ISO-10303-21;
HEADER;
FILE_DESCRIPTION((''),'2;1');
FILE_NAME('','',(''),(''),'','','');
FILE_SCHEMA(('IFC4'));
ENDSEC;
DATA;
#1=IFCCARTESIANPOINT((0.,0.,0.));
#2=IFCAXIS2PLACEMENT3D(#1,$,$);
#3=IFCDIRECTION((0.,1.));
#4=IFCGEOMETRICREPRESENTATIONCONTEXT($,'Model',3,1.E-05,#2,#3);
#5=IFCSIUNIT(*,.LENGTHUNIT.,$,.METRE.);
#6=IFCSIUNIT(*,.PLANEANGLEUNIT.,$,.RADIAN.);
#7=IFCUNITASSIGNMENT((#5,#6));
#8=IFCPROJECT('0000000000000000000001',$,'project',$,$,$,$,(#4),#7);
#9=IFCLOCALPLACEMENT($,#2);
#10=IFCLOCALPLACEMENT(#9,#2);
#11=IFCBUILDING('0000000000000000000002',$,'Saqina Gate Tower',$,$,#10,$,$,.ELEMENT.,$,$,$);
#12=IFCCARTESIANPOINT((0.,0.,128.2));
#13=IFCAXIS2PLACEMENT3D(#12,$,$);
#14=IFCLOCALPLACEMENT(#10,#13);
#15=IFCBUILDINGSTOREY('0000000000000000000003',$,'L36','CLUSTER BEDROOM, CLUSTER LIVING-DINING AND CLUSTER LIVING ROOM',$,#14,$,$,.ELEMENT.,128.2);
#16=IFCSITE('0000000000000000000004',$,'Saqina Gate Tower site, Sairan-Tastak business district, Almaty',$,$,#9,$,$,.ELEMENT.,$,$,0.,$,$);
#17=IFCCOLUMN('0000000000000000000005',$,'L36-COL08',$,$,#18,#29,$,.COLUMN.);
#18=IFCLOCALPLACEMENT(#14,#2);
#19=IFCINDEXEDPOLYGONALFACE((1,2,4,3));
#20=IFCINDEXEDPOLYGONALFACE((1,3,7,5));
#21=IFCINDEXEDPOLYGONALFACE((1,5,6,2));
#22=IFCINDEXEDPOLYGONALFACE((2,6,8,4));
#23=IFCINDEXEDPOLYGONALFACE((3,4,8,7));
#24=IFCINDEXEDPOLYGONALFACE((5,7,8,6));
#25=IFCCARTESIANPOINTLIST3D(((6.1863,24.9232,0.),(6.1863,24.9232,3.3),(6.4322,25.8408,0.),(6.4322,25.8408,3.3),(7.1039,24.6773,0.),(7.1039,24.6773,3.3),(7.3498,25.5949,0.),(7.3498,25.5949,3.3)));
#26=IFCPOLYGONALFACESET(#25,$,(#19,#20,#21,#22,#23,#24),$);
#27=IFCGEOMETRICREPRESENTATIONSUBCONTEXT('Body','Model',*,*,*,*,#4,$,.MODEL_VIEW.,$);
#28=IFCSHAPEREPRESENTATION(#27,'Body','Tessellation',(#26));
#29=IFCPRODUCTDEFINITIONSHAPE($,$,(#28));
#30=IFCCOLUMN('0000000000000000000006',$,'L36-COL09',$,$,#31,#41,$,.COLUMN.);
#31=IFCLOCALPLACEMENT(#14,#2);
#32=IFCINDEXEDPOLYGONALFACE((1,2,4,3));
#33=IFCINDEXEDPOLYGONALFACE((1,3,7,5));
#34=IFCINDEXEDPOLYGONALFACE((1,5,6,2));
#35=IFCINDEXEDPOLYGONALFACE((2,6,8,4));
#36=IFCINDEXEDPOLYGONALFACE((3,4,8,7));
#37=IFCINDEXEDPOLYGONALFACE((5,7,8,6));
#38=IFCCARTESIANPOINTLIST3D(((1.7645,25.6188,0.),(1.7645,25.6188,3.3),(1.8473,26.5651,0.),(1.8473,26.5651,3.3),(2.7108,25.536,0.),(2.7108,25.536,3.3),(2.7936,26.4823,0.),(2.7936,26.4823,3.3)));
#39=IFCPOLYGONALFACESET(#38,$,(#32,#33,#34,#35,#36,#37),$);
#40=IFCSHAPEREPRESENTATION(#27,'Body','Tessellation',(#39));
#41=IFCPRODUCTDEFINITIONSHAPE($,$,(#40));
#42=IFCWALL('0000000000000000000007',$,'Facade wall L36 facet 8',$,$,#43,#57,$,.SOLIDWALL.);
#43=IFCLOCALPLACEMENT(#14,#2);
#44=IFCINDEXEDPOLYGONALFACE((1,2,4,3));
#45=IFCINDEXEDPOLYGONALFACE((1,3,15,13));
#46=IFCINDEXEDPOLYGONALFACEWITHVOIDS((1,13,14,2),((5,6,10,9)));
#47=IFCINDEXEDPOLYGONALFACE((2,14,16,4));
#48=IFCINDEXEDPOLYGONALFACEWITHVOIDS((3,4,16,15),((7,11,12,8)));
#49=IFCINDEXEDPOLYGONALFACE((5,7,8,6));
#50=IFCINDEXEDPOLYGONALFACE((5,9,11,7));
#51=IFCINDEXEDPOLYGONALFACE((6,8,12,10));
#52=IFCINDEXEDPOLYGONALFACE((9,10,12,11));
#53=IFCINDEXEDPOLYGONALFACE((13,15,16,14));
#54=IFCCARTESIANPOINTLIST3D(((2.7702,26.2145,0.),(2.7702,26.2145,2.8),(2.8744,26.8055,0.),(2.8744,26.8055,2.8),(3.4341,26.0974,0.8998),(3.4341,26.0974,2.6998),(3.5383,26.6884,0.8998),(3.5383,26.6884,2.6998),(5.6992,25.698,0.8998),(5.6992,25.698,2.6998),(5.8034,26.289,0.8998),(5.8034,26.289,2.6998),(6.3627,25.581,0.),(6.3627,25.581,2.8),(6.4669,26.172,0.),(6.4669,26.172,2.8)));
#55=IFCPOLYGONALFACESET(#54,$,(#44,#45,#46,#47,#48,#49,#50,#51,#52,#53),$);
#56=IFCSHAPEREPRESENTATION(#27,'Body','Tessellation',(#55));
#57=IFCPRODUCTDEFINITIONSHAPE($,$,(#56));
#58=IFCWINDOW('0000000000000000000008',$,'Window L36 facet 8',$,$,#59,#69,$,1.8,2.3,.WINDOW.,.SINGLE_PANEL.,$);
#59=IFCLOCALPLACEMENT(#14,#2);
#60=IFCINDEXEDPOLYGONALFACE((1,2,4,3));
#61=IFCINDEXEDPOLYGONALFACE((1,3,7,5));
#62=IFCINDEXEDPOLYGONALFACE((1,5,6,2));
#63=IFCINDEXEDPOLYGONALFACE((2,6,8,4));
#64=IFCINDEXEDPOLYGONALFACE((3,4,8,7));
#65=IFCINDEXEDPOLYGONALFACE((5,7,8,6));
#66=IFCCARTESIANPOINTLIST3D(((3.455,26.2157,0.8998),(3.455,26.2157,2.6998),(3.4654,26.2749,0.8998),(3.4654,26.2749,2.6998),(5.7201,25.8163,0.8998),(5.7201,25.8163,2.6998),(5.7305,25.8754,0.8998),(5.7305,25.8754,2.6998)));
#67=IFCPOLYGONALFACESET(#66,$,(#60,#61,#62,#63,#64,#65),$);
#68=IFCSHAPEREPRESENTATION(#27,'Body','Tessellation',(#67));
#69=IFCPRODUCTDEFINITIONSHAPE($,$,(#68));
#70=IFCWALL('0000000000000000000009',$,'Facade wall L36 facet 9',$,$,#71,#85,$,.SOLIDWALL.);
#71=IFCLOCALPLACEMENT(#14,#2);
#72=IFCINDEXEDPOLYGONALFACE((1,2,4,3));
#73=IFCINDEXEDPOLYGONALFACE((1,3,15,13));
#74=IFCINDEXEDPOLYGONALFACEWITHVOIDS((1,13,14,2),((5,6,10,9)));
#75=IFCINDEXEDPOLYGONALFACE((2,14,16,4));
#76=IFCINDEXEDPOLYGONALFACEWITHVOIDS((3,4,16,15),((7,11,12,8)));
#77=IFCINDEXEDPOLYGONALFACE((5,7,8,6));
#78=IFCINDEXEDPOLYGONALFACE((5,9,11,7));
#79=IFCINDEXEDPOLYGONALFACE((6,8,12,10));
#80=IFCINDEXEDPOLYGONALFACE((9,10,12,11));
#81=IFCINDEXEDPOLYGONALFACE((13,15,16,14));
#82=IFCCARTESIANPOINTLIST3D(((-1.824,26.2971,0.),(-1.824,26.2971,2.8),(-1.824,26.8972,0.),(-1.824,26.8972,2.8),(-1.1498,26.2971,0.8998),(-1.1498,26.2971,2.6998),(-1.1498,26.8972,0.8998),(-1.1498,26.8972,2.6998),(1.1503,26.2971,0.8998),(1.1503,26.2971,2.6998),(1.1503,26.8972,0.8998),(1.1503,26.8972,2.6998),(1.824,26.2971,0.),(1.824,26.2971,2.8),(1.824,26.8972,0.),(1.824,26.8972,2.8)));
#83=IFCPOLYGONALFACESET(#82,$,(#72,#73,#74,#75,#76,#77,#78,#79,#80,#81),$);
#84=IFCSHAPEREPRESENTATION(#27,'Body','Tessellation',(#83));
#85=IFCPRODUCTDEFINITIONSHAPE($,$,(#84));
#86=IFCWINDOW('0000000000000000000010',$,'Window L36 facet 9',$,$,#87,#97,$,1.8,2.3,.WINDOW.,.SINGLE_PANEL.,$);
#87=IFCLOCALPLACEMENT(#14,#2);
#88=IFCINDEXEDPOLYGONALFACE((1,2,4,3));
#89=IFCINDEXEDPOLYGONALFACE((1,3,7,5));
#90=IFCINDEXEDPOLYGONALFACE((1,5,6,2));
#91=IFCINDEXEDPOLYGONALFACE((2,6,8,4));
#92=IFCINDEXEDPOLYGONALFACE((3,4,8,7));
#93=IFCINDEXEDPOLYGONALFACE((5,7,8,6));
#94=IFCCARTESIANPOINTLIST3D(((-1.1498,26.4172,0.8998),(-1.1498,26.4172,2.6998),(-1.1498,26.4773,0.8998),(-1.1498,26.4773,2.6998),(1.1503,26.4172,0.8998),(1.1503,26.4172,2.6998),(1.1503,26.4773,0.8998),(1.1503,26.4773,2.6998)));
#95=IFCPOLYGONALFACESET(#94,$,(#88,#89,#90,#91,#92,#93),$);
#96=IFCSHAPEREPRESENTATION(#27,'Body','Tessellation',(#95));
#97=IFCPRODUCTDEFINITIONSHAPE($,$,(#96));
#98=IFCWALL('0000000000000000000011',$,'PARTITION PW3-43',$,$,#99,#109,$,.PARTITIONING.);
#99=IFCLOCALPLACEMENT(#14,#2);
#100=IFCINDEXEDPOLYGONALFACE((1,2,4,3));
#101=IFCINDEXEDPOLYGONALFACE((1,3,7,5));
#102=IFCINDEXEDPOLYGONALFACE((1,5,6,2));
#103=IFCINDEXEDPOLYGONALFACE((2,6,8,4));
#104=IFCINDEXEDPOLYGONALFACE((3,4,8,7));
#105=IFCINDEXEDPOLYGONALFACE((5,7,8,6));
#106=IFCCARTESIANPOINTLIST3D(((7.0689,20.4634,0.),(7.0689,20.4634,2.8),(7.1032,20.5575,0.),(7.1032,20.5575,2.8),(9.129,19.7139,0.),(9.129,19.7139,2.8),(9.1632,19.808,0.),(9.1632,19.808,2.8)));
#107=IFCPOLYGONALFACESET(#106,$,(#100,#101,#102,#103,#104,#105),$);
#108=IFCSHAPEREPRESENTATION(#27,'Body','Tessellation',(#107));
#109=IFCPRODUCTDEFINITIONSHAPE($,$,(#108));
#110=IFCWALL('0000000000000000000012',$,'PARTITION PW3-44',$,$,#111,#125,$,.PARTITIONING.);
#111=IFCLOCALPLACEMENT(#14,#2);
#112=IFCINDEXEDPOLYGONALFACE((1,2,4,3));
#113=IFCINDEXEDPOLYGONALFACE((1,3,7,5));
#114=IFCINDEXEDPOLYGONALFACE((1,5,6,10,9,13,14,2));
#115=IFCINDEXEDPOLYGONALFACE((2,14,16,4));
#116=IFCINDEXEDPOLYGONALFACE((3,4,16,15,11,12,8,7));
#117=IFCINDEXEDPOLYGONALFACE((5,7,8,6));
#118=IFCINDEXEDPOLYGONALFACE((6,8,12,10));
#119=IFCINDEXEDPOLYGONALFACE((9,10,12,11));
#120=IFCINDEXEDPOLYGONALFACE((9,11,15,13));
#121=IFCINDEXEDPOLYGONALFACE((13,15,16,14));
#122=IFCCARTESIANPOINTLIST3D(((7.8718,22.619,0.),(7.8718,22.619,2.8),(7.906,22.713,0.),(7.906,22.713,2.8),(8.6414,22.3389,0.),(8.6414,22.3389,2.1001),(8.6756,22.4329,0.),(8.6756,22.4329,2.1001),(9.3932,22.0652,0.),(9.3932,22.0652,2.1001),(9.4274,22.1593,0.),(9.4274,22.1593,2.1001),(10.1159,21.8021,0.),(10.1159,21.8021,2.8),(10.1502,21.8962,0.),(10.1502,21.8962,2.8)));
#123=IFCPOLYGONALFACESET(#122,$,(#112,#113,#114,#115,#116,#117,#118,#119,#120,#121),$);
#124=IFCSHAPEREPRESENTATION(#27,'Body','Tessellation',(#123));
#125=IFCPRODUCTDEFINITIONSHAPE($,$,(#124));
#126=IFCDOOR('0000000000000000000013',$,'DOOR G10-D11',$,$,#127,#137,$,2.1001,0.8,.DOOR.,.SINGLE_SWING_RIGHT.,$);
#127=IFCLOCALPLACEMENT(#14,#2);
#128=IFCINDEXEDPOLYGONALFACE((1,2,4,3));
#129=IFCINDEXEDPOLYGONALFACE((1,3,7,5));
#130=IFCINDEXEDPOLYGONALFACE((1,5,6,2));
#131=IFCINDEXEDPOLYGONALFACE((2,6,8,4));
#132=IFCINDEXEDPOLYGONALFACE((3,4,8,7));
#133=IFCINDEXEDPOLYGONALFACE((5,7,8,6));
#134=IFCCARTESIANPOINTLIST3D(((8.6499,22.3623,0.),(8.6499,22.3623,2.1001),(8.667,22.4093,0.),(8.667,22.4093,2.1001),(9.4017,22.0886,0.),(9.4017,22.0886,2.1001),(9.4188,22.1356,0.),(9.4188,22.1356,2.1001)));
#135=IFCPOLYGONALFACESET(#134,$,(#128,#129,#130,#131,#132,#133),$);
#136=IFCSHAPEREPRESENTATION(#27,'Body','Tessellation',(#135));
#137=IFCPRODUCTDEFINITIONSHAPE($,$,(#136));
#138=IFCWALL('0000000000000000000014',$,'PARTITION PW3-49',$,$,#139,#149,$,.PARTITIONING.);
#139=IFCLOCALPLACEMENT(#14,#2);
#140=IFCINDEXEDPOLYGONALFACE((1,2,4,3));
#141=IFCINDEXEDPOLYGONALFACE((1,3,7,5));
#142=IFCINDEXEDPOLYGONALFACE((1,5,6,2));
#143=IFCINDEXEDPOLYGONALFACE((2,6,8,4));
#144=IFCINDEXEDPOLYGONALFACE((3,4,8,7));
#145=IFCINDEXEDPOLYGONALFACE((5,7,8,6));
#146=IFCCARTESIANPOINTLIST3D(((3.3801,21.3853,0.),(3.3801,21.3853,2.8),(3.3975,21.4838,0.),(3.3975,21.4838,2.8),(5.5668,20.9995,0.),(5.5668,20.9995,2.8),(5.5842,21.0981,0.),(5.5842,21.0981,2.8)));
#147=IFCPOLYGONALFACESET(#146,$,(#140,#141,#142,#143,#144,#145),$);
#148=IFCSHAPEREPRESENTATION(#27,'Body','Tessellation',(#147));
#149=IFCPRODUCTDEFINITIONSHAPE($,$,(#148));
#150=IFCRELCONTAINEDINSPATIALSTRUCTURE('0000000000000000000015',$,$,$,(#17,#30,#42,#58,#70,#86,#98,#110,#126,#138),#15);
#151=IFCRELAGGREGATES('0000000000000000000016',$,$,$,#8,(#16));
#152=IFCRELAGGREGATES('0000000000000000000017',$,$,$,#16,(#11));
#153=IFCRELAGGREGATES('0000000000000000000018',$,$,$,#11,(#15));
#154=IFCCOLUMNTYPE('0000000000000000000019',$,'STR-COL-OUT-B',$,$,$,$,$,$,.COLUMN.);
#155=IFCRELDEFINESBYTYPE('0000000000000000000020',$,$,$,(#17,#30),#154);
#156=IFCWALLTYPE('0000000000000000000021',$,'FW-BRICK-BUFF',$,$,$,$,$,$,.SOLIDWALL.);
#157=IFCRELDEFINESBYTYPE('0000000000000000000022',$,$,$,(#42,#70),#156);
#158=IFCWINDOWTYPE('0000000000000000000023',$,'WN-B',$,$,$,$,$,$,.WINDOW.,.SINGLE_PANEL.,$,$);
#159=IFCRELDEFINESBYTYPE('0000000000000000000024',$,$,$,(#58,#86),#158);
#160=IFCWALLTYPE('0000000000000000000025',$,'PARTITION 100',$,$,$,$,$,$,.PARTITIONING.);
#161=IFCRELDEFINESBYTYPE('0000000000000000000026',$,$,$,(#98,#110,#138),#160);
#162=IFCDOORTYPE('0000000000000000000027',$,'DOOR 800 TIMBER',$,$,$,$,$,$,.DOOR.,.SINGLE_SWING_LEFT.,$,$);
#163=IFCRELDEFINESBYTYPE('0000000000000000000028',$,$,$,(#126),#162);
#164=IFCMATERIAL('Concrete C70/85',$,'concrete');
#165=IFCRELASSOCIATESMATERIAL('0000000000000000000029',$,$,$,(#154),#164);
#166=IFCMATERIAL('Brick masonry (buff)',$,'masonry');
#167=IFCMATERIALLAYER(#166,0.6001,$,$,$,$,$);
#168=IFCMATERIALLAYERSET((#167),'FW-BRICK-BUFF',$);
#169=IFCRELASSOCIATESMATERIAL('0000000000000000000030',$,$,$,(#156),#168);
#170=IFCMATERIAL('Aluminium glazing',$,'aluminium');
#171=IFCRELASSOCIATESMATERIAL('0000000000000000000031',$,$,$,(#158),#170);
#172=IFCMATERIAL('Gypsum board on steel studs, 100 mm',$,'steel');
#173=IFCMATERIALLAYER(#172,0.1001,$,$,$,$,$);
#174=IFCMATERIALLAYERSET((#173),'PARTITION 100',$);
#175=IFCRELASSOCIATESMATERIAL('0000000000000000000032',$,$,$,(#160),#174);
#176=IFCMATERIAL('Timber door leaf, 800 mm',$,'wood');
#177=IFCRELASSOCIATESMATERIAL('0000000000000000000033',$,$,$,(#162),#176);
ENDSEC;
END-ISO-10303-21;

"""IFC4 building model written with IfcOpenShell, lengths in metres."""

from ifc_helpers import new_model, si_unit, direction, frame, frame_2d, origin, origin_2d, place, context, subcontext, project, spatial, rectangle, extrude, material, layer, layer_set, material_profile, profile_set, type_object, element, fill, save


model = new_model("IFC4")

# Units and contexts
model_context = context("Model", 3, precision=1e-05, world=origin(), true_north=direction((0.0, 1.0)))
body_context = subcontext(model_context, "Body", "Model", "MODEL_VIEW")
ifc_project = project(units=[si_unit("LENGTHUNIT", "METRE"), si_unit("PLANEANGLEUNIT", "RADIAN")], contexts=[model_context])

# Site, building, storey
site_placement = place(None, origin())
site = spatial("IfcSite", under=ifc_project, at=site_placement, Name="Saqina Gate Tower site, Sairan-Tastak business district, Almaty", CompositionType="ELEMENT", RefElevation=0.0)
building_placement = place(site_placement, origin())
building = spatial("IfcBuilding", under=site, at=building_placement, Name="Saqina Gate Tower", CompositionType="ELEMENT")
storey_placement = place(building_placement, frame((0.0, 0.0, 128.2)))
storey = spatial("IfcBuildingStorey", under=building, at=storey_placement, Name="L36", Description="CLUSTER BEDROOM, CLUSTER LIVING-DINING AND CLUSTER LIVING ROOM", CompositionType="ELEMENT", Elevation=128.2)

# Columns
ifc_material_1 = material(Name="Concrete C70/85", Category="concrete")
ifc_material_profile = material_profile(ifc_material_1, rectangle(XDim=0.95, YDim=0.95, at=origin_2d()), Name="RC 950x950")
ifc_profile_set = profile_set([ifc_material_profile], Name="Concrete C70/85")
column_type = type_object("IfcColumnType", Name="STR-COL-OUT-B", PredefinedType="COLUMN", material=ifc_profile_set)
for number, where, z_axis, x_axis, name in (
    (1, (6.7681, 25.259, 0.0), (0.0, 0.0, 1.0), (0.258819, 0.965926, 0.0), "L36-COL08"),
    (2, (2.2791, 26.0505, 0.0), (0.0, 0.0, 1.0), (0.087156, 0.996195, 0.0), "L36-COL09"),
):
    element("IfcColumn", number, at=place(storey_placement, frame(where, z_axis=z_axis, x_axis=x_axis)), inside=storey, type_object=column_type, Name=name, PredefinedType="COLUMN", context=body_context, shape_type="SweptSolid", body=[
        extrude(rectangle(XDim=0.95, YDim=0.95, at=origin_2d()), origin(), (0.0, 0.0, 1.0), 3.3),
    ])

# Walls, openings, windows
ifc_material_2 = material(Name="Brick masonry (buff)", Category="masonry")
ifc_layer_1 = layer(ifc_material_2, 0.6001)
ifc_layer_set_1 = layer_set([ifc_layer_1], Name="FW-BRICK-BUFF")
wall_type_1 = type_object("IfcWallType", Name="FW-BRICK-BUFF", PredefinedType="SOLIDWALL", material=ifc_layer_set_1)
wall_1_placement = place(storey_placement, frame((6.4148, 25.8765, 0.0), z_axis=(0.0, 0.0, 1.0), x_axis=(-0.984804, 0.173671, 0.0)))
wall_1 = element("IfcWall", 3, at=wall_1_placement, inside=storey, type_object=wall_type_1, Name="Facade wall L36 facet 8", PredefinedType="SOLIDWALL", context=body_context, shape_type="SweptSolid", body=[
    extrude(rectangle(XDim=3.6479, YDim=0.6001, at=frame_2d((1.824, 0.0))), origin(), (0.0, 0.0, 1.0), 2.8),
])
opening_1_placement = place(wall_1_placement, frame((0.6738, 0.0, 0.8999)))
opening_1 = element("IfcOpeningElement", 4, at=opening_1_placement, cuts=wall_1, PredefinedType="OPENING", context=body_context, shape_type="SweptSolid", body=[
    extrude(rectangle(XDim=2.3, YDim=1.8, at=frame_2d((1.1499, 0.8999))), frame((0.0, 0.312, 0.0), z_axis=(0.0, -1.0, 0.0), x_axis=(1.0, 0.0, 0.0)), (0.0, 0.0, 1.0), 0.624),
])
ifc_material_3 = material(Name="Aluminium glazing", Category="aluminium")
window_type = type_object("IfcWindowType", Name="WN-B", PartitioningType="SINGLE_PANEL", PredefinedType="WINDOW", material=ifc_material_3)
window_1_placement = place(opening_1_placement, origin())
window_1 = element("IfcWindow", 5, at=window_1_placement, inside=storey, type_object=window_type, Name="Window L36 facet 8", OverallHeight=1.8, OverallWidth=2.3, PartitioningType="SINGLE_PANEL", PredefinedType="WINDOW", context=body_context, shape_type="SweptSolid", body=[
    extrude(rectangle(XDim=2.3, YDim=1.8, at=frame_2d((1.1499, 0.8999))), frame((0.0, 0.1799, 0.0), z_axis=(0.0, -1.0, 0.0), x_axis=(1.0, 0.0, 0.0)), (0.0, 0.0, 1.0), 0.0601),
])
fill(opening_1, window_1)
wall_2_placement = place(storey_placement, frame((1.824, 26.5972, 0.0), z_axis=(0.0, 0.0, 1.0), x_axis=(-1.0, 0.0, 0.0)))
wall_2 = element("IfcWall", 6, at=wall_2_placement, inside=storey, type_object=wall_type_1, Name="Facade wall L36 facet 9", PredefinedType="SOLIDWALL", context=body_context, shape_type="SweptSolid", body=[
    extrude(rectangle(XDim=3.6479, YDim=0.6001, at=frame_2d((1.824, 0.0))), origin(), (0.0, 0.0, 1.0), 2.8),
])
opening_2_placement = place(wall_2_placement, frame((0.6738, 0.0, 0.8999)))
opening_2 = element("IfcOpeningElement", 7, at=opening_2_placement, cuts=wall_2, PredefinedType="OPENING", context=body_context, shape_type="SweptSolid", body=[
    extrude(rectangle(XDim=2.3, YDim=1.8, at=frame_2d((1.1499, 0.8999))), frame((0.0, 0.312, 0.0), z_axis=(0.0, -1.0, 0.0), x_axis=(1.0, 0.0, 0.0)), (0.0, 0.0, 1.0), 0.624),
])
window_2_placement = place(opening_2_placement, origin())
window_2 = element("IfcWindow", 8, at=window_2_placement, inside=storey, type_object=window_type, Name="Window L36 facet 9", OverallHeight=1.8, OverallWidth=2.3, PartitioningType="SINGLE_PANEL", PredefinedType="WINDOW", context=body_context, shape_type="SweptSolid", body=[
    extrude(rectangle(XDim=2.3, YDim=1.8, at=frame_2d((1.1499, 0.8999))), frame((0.0, 0.1799, 0.0), z_axis=(0.0, -1.0, 0.0), x_axis=(1.0, 0.0, 0.0)), (0.0, 0.0, 1.0), 0.0601),
])
fill(opening_2, window_2)

# Wall
ifc_material_4 = material(Name="Gypsum board on steel studs, 100 mm", Category="steel")
ifc_layer_2 = layer(ifc_material_4, 0.1001)
ifc_layer_set_2 = layer_set([ifc_layer_2], Name="PARTITION 100")
wall_type_2 = type_object("IfcWallType", Name="PARTITION 100", PredefinedType="PARTITIONING", material=ifc_layer_set_2)
wall_3_placement = place(storey_placement, frame((7.0859, 20.5105, 0.0), z_axis=(0.0, 0.0, 1.0), x_axis=(0.939735, -0.341904, 0.0)))
element("IfcWall", 9, at=wall_3_placement, inside=storey, type_object=wall_type_2, Name="PARTITION PW3-43", PredefinedType="PARTITIONING", context=body_context, shape_type="SweptSolid", body=[
    extrude(rectangle(XDim=2.1921, YDim=0.1001, at=frame_2d((1.0962, 0.0))), origin(), (0.0, 0.0, 1.0), 2.8),
])

# Wall, opening, door
wall_4_placement = place(storey_placement, frame((7.8889, 22.666, 0.0), z_axis=(0.0, 0.0, 1.0), x_axis=(0.93968, -0.342055, 0.0)))
wall_4 = element("IfcWall", 10, at=wall_4_placement, inside=storey, type_object=wall_type_2, Name="PARTITION PW3-44", PredefinedType="PARTITIONING", context=body_context, shape_type="SweptSolid", body=[
    extrude(rectangle(XDim=2.3882, YDim=0.1001, at=frame_2d((1.1941, 0.0))), origin(), (0.0, 0.0, 1.0), 2.8),
])
opening_3_placement = place(wall_4_placement, frame((0.8191, 0.0, 0.0)))
opening_3 = element("IfcOpeningElement", 11, at=opening_3_placement, cuts=wall_4, PredefinedType="OPENING", context=body_context, shape_type="SweptSolid", body=[
    extrude(rectangle(XDim=0.8, YDim=2.1001, at=frame_2d((0.3999, 1.05))), frame((0.0, 0.062, 0.0), z_axis=(0.0, -1.0, 0.0), x_axis=(1.0, 0.0, 0.0)), (0.0, 0.0, 1.0), 0.124),
])
ifc_material_5 = material(Name="Timber door leaf, 800 mm", Category="wood")
door_type_1 = type_object("IfcDoorType", Name="DOOR 800 TIMBER", OperationType="SINGLE_SWING_LEFT", PredefinedType="DOOR", material=ifc_material_5)
door_1_placement = place(opening_3_placement, origin())
door_1 = element("IfcDoor", 12, at=door_1_placement, inside=storey, type_object=door_type_1, Name="DOOR G10-D11", OperationType="SINGLE_SWING_RIGHT", OverallHeight=2.1001, OverallWidth=0.8, PredefinedType="DOOR", context=body_context, shape_type="SweptSolid", body=[
    extrude(rectangle(XDim=0.8, YDim=2.1001, at=frame_2d((0.3999, 1.05))), frame((0.0, 0.0249, 0.0), z_axis=(0.0, -1.0, 0.0), x_axis=(1.0, 0.0, 0.0)), (0.0, 0.0, 1.0), 0.05),
])
fill(opening_3, door_1)

# Wall
wall_5_placement = place(storey_placement, frame((3.3887, 21.4346, 0.0), z_axis=(0.0, 0.0, 1.0), x_axis=(0.984796, -0.173716, 0.0)))
element("IfcWall", 13, at=wall_5_placement, inside=storey, type_object=wall_type_2, Name="PARTITION PW3-49", PredefinedType="PARTITIONING", context=body_context, shape_type="SweptSolid", body=[
    extrude(rectangle(XDim=2.2205, YDim=0.1001, at=frame_2d((1.1104, 0.0))), origin(), (0.0, 0.0, 1.0), 2.8),
])

save(model, "model.ifc")
